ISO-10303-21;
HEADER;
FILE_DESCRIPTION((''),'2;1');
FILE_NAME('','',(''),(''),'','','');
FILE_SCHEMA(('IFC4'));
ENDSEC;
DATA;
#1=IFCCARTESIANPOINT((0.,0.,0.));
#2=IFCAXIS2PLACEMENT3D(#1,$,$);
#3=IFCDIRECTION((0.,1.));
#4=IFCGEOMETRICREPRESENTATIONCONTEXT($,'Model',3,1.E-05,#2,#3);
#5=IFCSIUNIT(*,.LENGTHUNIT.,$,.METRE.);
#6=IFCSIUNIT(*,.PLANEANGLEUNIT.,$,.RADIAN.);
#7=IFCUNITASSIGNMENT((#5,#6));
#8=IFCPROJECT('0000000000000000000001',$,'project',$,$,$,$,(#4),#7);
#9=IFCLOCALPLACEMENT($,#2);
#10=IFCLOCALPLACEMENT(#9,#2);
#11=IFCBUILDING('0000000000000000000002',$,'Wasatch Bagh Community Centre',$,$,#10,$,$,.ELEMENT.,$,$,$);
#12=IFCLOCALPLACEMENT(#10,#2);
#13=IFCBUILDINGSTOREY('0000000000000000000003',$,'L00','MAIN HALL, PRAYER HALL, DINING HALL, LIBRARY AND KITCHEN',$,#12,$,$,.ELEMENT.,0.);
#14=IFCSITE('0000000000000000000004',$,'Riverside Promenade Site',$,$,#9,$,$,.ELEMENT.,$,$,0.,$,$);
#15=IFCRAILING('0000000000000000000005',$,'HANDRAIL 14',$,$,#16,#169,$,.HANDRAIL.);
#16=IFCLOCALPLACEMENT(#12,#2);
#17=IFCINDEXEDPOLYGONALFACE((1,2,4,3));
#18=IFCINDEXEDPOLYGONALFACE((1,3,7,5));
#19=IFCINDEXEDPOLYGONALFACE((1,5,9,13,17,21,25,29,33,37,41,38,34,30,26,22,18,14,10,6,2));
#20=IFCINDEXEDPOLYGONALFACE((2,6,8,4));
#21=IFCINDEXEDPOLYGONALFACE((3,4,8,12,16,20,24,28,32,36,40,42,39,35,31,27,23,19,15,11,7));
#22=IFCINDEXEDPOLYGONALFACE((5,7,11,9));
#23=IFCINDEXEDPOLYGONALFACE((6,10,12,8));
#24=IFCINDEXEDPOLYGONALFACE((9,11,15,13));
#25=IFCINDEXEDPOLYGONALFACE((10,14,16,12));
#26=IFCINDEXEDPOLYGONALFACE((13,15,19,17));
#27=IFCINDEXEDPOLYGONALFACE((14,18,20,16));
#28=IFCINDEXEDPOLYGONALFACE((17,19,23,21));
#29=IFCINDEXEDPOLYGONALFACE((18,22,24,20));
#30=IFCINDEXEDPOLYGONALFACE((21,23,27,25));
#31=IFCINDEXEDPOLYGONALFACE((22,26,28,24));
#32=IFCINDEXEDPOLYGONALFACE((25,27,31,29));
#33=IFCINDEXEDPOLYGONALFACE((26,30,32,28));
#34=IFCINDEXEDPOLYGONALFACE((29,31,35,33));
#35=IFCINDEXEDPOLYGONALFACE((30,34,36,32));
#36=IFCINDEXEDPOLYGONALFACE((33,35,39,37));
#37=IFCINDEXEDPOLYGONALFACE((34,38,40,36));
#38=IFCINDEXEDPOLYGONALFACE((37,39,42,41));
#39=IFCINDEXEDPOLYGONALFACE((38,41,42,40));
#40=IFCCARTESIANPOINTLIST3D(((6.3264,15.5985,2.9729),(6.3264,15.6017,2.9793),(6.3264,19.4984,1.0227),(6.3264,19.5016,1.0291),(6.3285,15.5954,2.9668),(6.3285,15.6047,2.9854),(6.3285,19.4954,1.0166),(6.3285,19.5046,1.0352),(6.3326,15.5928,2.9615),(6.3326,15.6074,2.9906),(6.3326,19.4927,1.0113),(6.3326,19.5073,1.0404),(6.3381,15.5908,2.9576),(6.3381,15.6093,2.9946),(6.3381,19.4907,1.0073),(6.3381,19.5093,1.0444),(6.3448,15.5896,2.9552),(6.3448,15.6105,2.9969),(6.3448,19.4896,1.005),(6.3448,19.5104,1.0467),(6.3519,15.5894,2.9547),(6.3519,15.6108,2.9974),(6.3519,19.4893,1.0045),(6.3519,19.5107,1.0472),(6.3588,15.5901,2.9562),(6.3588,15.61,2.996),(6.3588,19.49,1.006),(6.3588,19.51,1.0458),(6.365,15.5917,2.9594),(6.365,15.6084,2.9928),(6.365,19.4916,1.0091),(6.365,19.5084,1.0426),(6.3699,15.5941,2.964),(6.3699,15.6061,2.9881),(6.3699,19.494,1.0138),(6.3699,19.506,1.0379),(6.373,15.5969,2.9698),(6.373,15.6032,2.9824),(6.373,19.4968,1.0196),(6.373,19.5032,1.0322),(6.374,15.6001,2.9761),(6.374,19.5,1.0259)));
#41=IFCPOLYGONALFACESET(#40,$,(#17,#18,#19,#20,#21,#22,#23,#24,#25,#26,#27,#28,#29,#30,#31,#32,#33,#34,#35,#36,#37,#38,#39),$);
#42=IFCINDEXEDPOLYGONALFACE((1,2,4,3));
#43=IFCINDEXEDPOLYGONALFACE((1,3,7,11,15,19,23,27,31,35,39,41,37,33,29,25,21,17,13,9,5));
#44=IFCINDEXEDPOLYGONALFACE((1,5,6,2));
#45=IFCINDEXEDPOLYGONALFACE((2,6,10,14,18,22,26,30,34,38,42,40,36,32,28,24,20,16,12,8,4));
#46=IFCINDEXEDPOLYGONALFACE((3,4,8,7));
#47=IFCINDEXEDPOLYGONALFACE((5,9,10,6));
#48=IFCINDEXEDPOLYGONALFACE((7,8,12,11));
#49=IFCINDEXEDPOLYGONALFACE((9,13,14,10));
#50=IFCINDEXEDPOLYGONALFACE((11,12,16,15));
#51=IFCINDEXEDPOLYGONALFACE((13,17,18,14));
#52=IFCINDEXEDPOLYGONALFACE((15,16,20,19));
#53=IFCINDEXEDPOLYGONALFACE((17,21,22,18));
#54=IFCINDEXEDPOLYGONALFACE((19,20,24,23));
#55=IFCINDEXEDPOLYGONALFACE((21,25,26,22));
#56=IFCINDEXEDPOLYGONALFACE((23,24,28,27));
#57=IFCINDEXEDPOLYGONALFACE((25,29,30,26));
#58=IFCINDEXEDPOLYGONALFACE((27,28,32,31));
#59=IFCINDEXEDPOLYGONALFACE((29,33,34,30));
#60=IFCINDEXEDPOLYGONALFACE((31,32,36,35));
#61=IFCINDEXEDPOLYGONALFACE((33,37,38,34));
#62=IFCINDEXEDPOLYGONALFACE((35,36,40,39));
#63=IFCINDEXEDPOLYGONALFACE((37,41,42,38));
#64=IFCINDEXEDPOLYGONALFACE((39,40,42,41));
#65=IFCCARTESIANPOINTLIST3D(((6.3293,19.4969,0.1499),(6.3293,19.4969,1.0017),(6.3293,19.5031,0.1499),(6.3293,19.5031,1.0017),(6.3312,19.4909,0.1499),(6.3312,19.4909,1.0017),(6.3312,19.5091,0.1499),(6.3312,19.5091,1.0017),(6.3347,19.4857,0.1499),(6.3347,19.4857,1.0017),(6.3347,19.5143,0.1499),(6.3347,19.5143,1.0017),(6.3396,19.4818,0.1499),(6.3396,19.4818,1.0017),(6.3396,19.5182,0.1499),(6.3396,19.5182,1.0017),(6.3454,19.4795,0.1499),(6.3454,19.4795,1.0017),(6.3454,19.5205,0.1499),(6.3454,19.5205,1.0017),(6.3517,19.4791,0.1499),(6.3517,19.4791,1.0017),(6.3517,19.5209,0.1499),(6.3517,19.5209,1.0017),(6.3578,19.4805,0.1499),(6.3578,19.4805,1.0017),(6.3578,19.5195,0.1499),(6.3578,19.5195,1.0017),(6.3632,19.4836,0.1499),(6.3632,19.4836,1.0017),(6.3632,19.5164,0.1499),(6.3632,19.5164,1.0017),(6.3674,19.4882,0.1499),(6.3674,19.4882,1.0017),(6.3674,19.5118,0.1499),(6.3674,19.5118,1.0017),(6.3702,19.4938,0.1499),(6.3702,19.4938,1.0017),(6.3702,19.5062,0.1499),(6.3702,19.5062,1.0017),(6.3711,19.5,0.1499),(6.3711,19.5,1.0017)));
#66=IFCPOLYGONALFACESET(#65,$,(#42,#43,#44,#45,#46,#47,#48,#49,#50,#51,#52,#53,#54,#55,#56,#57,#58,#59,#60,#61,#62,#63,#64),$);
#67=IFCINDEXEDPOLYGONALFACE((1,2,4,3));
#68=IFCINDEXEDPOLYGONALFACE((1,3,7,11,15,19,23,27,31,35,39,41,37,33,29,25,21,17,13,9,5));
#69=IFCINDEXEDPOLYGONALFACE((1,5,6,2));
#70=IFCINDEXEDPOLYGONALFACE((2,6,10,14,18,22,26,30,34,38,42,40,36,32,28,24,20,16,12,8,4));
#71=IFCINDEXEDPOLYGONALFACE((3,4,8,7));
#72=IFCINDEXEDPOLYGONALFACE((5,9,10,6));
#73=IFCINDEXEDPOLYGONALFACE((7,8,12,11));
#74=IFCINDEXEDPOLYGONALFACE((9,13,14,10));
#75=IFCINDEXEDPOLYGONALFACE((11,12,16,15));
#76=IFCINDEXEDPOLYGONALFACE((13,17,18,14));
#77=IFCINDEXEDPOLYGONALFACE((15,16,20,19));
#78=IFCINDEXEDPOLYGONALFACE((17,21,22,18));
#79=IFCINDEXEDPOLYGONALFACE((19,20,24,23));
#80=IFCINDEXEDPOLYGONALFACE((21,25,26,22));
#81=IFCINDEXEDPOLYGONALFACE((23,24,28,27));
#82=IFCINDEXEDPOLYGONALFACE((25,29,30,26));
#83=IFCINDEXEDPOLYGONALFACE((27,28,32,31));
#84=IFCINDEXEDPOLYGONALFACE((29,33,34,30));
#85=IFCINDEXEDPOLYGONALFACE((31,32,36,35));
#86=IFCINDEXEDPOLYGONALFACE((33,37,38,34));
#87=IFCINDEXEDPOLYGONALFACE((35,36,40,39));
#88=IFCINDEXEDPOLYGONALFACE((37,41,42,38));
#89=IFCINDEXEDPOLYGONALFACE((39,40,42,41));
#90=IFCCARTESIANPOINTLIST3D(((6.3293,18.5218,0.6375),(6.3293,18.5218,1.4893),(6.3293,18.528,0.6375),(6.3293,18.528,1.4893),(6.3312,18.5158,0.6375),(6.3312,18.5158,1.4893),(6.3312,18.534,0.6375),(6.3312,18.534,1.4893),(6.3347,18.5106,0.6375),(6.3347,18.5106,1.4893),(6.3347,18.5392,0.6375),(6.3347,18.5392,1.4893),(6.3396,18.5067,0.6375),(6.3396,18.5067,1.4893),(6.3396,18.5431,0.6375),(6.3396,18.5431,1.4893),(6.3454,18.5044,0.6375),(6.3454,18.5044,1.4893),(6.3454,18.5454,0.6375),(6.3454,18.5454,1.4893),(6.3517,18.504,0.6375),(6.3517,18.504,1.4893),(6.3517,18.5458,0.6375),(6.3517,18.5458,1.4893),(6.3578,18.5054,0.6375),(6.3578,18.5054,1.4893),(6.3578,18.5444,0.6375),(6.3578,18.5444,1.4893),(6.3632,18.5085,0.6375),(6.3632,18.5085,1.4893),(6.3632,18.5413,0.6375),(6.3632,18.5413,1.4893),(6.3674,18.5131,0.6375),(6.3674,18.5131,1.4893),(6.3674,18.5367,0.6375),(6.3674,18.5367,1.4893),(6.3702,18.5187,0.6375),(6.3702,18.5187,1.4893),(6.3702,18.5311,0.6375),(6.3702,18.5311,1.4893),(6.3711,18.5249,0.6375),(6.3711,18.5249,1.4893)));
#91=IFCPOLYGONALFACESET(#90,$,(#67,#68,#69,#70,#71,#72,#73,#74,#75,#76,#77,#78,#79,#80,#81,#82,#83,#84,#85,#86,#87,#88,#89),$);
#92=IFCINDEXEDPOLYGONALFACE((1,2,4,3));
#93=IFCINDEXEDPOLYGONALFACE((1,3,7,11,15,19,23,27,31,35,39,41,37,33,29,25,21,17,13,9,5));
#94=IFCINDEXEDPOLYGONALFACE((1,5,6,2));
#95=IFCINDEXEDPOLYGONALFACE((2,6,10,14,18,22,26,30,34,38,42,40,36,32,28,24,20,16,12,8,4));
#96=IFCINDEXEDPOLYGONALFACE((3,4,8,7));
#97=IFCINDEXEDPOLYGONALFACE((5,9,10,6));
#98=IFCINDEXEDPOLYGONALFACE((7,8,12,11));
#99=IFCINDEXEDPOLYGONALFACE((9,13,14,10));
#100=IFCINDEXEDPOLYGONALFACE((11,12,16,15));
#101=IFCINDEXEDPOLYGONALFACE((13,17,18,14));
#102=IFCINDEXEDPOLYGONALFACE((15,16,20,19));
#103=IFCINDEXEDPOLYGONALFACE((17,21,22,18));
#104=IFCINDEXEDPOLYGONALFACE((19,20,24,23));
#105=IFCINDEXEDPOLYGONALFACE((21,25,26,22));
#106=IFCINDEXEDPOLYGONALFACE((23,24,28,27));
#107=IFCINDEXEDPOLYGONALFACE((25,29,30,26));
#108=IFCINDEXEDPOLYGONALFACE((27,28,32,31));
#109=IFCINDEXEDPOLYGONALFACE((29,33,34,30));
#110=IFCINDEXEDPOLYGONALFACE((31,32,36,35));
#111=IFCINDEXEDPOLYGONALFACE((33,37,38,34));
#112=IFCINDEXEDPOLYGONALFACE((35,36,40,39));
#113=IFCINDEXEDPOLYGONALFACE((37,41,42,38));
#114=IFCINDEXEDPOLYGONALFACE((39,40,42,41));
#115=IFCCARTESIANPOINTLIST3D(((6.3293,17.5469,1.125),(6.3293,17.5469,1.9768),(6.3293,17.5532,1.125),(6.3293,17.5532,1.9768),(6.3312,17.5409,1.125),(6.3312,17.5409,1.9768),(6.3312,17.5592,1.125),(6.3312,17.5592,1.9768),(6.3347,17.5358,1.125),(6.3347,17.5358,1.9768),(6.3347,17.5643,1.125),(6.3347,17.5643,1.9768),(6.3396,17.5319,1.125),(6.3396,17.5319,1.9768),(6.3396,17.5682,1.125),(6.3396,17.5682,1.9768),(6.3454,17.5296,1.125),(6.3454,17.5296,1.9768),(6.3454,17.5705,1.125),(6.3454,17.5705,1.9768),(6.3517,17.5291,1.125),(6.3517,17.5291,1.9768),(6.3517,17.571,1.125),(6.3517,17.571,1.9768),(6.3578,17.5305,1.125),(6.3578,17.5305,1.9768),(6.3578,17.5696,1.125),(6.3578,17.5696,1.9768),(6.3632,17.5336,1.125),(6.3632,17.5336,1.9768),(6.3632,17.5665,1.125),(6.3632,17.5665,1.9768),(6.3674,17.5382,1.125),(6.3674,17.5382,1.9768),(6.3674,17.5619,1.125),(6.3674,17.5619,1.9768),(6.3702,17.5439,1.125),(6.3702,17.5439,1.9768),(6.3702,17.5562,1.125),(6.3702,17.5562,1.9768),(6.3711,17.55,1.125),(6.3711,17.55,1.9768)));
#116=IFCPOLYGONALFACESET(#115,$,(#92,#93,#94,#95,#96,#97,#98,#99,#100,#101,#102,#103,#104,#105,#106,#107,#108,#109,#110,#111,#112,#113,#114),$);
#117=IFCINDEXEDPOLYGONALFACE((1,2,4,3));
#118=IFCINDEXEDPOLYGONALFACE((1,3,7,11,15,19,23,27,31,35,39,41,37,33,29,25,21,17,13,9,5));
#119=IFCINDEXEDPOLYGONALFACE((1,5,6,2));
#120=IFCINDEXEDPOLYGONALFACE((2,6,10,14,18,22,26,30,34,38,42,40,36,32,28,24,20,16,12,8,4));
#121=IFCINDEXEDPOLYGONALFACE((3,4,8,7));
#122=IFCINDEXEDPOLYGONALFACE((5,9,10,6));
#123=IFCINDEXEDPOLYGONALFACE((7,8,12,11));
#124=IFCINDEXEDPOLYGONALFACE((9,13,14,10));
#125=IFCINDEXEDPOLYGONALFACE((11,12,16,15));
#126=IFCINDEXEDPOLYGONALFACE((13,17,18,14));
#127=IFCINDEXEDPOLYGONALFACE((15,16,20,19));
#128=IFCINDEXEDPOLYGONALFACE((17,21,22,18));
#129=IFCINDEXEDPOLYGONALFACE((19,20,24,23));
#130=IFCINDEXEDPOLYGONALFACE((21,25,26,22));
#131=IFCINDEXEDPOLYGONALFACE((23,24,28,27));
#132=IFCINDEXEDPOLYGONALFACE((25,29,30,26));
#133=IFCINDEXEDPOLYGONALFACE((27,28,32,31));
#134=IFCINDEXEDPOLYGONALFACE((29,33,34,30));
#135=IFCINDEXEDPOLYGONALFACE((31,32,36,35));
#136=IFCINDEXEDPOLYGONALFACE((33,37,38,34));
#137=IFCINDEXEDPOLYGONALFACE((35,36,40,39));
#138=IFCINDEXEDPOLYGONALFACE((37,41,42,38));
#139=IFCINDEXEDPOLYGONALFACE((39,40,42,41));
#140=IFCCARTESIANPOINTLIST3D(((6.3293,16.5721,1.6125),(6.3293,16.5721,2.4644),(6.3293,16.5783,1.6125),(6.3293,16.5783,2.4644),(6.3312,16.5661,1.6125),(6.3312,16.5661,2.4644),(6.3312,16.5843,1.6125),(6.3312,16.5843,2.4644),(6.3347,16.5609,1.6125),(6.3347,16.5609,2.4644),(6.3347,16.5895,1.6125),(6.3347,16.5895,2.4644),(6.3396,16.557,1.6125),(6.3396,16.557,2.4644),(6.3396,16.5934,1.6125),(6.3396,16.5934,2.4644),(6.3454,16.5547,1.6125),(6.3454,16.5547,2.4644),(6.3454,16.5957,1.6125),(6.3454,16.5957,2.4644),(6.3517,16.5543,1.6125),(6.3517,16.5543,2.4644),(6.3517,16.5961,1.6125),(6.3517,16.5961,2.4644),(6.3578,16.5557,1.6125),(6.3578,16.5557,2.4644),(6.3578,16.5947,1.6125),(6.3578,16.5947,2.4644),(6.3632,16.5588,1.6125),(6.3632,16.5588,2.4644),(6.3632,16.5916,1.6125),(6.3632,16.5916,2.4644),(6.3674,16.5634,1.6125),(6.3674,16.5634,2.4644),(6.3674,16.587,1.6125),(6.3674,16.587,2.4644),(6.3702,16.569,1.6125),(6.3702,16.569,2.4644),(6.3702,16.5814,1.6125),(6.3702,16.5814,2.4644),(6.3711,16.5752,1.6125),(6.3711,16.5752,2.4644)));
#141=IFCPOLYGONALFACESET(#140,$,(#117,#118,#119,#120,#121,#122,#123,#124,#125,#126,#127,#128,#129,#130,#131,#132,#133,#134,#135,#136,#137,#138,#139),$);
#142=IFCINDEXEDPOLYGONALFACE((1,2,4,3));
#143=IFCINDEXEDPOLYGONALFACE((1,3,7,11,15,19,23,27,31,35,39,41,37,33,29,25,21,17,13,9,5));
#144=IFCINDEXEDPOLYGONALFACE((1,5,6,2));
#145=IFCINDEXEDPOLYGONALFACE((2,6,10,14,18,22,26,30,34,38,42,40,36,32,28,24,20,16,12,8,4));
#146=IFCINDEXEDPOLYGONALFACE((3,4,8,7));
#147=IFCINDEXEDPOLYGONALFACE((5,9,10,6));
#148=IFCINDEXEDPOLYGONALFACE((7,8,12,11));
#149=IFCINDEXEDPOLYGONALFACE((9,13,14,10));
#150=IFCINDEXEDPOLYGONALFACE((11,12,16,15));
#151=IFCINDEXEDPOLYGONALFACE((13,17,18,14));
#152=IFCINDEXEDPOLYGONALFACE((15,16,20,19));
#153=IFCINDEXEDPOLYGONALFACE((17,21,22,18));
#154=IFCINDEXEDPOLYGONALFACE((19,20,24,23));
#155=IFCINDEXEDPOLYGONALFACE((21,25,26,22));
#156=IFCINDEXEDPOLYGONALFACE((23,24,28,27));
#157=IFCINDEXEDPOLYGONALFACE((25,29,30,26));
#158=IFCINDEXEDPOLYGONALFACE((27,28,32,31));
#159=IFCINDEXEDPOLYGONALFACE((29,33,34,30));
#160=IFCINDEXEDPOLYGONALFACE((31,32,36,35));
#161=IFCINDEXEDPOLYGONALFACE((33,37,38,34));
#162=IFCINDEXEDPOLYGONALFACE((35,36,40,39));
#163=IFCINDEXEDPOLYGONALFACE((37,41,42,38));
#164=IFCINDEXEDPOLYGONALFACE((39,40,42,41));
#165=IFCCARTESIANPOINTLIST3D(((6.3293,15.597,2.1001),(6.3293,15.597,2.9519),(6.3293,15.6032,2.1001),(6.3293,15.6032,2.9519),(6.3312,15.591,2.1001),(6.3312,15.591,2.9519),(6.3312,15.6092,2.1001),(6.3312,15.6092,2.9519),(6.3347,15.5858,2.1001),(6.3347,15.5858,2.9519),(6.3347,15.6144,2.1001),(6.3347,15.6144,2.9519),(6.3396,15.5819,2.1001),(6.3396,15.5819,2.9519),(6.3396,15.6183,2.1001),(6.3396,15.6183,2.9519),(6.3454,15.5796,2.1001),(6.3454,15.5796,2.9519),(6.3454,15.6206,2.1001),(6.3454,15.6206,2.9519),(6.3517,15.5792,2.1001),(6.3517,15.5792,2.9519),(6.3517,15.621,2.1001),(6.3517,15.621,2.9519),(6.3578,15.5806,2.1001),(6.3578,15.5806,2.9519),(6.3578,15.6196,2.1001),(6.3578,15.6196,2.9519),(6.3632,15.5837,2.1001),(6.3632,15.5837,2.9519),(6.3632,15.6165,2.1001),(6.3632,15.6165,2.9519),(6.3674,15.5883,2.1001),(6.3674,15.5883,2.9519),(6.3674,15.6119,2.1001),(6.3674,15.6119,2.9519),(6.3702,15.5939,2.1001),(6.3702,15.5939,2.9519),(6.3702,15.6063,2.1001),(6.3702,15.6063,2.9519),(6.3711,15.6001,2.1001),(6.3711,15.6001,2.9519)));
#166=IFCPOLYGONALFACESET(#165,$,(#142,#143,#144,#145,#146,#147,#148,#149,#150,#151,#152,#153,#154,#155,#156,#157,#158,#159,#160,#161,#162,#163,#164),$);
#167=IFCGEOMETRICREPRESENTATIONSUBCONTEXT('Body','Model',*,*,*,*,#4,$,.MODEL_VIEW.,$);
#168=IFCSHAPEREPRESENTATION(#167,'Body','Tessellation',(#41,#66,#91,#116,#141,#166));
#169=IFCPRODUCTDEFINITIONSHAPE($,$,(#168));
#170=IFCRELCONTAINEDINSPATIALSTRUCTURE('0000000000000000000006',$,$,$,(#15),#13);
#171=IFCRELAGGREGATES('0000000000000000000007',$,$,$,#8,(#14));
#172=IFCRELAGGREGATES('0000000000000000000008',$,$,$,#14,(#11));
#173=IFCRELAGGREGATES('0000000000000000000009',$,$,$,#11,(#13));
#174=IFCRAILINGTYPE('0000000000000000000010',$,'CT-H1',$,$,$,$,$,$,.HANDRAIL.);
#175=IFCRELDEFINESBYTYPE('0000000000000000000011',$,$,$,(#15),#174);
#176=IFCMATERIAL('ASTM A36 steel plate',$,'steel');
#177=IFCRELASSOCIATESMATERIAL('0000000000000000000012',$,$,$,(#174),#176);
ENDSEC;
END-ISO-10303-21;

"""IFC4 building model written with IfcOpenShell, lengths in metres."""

from ifc_helpers import new_model, si_unit, direction, frame, origin, origin_2d, place, context, subcontext, project, spatial, circle, extrude, material, type_object, element, save


model = new_model("IFC4")

# Units and contexts
model_context = context("Model", 3, precision=1e-05, world=origin(), true_north=direction((0.0, 1.0)))
body_context = subcontext(model_context, "Body", "Model", "MODEL_VIEW")
ifc_project = project(units=[si_unit("LENGTHUNIT", "METRE"), si_unit("PLANEANGLEUNIT", "RADIAN")], contexts=[model_context])

# Site, building, storey
site_placement = place(None, origin())
site = spatial("IfcSite", under=ifc_project, at=site_placement, Name="Riverside Promenade Site", CompositionType="ELEMENT", RefElevation=0.0)
building_placement = place(site_placement, origin())
building = spatial("IfcBuilding", under=site, at=building_placement, Name="Wasatch Bagh Community Centre", CompositionType="ELEMENT")
storey_placement = place(building_placement, origin())
storey = spatial("IfcBuildingStorey", under=building, at=storey_placement, Name="L00", Description="MAIN HALL, PRAYER HALL, DINING HALL, LIBRARY AND KITCHEN", CompositionType="ELEMENT", Elevation=0.0)

# Railing
ifc_material_1 = material(Name="ASTM A36 steel plate", Category="steel")
railing_type_1 = type_object("IfcRailingType", Name="CT-H1", PredefinedType="HANDRAIL", material=ifc_material_1)
for number, where, name in (
    (1, (6.3501, 19.5, 0.1499), "HANDRAIL 14"),
):
    element("IfcRailing", number, at=place(storey_placement, frame(where)), inside=storey, type_object=railing_type_1, Name=name, PredefinedType="HANDRAIL", context=body_context, shape_type="SweptSolid", body=[
        extrude(circle(Radius=0.0239, at=origin_2d()), frame((0.0, 0.0, 0.876), z_axis=(0.0, -0.894405, 0.447258), x_axis=(1.0, 0.0, 0.0)), (0.0, 0.0, 1.0), 4.3604),
        extrude(circle(Radius=0.021, at=origin_2d()), origin(), (0.0, 0.0, 1.0), 0.8518),
        extrude(circle(Radius=0.021, at=origin_2d()), frame((0.0, -0.9751, 0.4875)), (0.0, 0.0, 1.0), 0.8518),
        extrude(circle(Radius=0.021, at=origin_2d()), frame((0.0, -1.95, 0.9751)), (0.0, 0.0, 1.0), 0.8518),
        extrude(circle(Radius=0.021, at=origin_2d()), frame((0.0, -2.9248, 1.4626)), (0.0, 0.0, 1.0), 0.8518),
        extrude(circle(Radius=0.021, at=origin_2d()), frame((0.0, -3.8999, 1.9502)), (0.0, 0.0, 1.0), 0.8518),
    ])

save(model, "model.ifc")
